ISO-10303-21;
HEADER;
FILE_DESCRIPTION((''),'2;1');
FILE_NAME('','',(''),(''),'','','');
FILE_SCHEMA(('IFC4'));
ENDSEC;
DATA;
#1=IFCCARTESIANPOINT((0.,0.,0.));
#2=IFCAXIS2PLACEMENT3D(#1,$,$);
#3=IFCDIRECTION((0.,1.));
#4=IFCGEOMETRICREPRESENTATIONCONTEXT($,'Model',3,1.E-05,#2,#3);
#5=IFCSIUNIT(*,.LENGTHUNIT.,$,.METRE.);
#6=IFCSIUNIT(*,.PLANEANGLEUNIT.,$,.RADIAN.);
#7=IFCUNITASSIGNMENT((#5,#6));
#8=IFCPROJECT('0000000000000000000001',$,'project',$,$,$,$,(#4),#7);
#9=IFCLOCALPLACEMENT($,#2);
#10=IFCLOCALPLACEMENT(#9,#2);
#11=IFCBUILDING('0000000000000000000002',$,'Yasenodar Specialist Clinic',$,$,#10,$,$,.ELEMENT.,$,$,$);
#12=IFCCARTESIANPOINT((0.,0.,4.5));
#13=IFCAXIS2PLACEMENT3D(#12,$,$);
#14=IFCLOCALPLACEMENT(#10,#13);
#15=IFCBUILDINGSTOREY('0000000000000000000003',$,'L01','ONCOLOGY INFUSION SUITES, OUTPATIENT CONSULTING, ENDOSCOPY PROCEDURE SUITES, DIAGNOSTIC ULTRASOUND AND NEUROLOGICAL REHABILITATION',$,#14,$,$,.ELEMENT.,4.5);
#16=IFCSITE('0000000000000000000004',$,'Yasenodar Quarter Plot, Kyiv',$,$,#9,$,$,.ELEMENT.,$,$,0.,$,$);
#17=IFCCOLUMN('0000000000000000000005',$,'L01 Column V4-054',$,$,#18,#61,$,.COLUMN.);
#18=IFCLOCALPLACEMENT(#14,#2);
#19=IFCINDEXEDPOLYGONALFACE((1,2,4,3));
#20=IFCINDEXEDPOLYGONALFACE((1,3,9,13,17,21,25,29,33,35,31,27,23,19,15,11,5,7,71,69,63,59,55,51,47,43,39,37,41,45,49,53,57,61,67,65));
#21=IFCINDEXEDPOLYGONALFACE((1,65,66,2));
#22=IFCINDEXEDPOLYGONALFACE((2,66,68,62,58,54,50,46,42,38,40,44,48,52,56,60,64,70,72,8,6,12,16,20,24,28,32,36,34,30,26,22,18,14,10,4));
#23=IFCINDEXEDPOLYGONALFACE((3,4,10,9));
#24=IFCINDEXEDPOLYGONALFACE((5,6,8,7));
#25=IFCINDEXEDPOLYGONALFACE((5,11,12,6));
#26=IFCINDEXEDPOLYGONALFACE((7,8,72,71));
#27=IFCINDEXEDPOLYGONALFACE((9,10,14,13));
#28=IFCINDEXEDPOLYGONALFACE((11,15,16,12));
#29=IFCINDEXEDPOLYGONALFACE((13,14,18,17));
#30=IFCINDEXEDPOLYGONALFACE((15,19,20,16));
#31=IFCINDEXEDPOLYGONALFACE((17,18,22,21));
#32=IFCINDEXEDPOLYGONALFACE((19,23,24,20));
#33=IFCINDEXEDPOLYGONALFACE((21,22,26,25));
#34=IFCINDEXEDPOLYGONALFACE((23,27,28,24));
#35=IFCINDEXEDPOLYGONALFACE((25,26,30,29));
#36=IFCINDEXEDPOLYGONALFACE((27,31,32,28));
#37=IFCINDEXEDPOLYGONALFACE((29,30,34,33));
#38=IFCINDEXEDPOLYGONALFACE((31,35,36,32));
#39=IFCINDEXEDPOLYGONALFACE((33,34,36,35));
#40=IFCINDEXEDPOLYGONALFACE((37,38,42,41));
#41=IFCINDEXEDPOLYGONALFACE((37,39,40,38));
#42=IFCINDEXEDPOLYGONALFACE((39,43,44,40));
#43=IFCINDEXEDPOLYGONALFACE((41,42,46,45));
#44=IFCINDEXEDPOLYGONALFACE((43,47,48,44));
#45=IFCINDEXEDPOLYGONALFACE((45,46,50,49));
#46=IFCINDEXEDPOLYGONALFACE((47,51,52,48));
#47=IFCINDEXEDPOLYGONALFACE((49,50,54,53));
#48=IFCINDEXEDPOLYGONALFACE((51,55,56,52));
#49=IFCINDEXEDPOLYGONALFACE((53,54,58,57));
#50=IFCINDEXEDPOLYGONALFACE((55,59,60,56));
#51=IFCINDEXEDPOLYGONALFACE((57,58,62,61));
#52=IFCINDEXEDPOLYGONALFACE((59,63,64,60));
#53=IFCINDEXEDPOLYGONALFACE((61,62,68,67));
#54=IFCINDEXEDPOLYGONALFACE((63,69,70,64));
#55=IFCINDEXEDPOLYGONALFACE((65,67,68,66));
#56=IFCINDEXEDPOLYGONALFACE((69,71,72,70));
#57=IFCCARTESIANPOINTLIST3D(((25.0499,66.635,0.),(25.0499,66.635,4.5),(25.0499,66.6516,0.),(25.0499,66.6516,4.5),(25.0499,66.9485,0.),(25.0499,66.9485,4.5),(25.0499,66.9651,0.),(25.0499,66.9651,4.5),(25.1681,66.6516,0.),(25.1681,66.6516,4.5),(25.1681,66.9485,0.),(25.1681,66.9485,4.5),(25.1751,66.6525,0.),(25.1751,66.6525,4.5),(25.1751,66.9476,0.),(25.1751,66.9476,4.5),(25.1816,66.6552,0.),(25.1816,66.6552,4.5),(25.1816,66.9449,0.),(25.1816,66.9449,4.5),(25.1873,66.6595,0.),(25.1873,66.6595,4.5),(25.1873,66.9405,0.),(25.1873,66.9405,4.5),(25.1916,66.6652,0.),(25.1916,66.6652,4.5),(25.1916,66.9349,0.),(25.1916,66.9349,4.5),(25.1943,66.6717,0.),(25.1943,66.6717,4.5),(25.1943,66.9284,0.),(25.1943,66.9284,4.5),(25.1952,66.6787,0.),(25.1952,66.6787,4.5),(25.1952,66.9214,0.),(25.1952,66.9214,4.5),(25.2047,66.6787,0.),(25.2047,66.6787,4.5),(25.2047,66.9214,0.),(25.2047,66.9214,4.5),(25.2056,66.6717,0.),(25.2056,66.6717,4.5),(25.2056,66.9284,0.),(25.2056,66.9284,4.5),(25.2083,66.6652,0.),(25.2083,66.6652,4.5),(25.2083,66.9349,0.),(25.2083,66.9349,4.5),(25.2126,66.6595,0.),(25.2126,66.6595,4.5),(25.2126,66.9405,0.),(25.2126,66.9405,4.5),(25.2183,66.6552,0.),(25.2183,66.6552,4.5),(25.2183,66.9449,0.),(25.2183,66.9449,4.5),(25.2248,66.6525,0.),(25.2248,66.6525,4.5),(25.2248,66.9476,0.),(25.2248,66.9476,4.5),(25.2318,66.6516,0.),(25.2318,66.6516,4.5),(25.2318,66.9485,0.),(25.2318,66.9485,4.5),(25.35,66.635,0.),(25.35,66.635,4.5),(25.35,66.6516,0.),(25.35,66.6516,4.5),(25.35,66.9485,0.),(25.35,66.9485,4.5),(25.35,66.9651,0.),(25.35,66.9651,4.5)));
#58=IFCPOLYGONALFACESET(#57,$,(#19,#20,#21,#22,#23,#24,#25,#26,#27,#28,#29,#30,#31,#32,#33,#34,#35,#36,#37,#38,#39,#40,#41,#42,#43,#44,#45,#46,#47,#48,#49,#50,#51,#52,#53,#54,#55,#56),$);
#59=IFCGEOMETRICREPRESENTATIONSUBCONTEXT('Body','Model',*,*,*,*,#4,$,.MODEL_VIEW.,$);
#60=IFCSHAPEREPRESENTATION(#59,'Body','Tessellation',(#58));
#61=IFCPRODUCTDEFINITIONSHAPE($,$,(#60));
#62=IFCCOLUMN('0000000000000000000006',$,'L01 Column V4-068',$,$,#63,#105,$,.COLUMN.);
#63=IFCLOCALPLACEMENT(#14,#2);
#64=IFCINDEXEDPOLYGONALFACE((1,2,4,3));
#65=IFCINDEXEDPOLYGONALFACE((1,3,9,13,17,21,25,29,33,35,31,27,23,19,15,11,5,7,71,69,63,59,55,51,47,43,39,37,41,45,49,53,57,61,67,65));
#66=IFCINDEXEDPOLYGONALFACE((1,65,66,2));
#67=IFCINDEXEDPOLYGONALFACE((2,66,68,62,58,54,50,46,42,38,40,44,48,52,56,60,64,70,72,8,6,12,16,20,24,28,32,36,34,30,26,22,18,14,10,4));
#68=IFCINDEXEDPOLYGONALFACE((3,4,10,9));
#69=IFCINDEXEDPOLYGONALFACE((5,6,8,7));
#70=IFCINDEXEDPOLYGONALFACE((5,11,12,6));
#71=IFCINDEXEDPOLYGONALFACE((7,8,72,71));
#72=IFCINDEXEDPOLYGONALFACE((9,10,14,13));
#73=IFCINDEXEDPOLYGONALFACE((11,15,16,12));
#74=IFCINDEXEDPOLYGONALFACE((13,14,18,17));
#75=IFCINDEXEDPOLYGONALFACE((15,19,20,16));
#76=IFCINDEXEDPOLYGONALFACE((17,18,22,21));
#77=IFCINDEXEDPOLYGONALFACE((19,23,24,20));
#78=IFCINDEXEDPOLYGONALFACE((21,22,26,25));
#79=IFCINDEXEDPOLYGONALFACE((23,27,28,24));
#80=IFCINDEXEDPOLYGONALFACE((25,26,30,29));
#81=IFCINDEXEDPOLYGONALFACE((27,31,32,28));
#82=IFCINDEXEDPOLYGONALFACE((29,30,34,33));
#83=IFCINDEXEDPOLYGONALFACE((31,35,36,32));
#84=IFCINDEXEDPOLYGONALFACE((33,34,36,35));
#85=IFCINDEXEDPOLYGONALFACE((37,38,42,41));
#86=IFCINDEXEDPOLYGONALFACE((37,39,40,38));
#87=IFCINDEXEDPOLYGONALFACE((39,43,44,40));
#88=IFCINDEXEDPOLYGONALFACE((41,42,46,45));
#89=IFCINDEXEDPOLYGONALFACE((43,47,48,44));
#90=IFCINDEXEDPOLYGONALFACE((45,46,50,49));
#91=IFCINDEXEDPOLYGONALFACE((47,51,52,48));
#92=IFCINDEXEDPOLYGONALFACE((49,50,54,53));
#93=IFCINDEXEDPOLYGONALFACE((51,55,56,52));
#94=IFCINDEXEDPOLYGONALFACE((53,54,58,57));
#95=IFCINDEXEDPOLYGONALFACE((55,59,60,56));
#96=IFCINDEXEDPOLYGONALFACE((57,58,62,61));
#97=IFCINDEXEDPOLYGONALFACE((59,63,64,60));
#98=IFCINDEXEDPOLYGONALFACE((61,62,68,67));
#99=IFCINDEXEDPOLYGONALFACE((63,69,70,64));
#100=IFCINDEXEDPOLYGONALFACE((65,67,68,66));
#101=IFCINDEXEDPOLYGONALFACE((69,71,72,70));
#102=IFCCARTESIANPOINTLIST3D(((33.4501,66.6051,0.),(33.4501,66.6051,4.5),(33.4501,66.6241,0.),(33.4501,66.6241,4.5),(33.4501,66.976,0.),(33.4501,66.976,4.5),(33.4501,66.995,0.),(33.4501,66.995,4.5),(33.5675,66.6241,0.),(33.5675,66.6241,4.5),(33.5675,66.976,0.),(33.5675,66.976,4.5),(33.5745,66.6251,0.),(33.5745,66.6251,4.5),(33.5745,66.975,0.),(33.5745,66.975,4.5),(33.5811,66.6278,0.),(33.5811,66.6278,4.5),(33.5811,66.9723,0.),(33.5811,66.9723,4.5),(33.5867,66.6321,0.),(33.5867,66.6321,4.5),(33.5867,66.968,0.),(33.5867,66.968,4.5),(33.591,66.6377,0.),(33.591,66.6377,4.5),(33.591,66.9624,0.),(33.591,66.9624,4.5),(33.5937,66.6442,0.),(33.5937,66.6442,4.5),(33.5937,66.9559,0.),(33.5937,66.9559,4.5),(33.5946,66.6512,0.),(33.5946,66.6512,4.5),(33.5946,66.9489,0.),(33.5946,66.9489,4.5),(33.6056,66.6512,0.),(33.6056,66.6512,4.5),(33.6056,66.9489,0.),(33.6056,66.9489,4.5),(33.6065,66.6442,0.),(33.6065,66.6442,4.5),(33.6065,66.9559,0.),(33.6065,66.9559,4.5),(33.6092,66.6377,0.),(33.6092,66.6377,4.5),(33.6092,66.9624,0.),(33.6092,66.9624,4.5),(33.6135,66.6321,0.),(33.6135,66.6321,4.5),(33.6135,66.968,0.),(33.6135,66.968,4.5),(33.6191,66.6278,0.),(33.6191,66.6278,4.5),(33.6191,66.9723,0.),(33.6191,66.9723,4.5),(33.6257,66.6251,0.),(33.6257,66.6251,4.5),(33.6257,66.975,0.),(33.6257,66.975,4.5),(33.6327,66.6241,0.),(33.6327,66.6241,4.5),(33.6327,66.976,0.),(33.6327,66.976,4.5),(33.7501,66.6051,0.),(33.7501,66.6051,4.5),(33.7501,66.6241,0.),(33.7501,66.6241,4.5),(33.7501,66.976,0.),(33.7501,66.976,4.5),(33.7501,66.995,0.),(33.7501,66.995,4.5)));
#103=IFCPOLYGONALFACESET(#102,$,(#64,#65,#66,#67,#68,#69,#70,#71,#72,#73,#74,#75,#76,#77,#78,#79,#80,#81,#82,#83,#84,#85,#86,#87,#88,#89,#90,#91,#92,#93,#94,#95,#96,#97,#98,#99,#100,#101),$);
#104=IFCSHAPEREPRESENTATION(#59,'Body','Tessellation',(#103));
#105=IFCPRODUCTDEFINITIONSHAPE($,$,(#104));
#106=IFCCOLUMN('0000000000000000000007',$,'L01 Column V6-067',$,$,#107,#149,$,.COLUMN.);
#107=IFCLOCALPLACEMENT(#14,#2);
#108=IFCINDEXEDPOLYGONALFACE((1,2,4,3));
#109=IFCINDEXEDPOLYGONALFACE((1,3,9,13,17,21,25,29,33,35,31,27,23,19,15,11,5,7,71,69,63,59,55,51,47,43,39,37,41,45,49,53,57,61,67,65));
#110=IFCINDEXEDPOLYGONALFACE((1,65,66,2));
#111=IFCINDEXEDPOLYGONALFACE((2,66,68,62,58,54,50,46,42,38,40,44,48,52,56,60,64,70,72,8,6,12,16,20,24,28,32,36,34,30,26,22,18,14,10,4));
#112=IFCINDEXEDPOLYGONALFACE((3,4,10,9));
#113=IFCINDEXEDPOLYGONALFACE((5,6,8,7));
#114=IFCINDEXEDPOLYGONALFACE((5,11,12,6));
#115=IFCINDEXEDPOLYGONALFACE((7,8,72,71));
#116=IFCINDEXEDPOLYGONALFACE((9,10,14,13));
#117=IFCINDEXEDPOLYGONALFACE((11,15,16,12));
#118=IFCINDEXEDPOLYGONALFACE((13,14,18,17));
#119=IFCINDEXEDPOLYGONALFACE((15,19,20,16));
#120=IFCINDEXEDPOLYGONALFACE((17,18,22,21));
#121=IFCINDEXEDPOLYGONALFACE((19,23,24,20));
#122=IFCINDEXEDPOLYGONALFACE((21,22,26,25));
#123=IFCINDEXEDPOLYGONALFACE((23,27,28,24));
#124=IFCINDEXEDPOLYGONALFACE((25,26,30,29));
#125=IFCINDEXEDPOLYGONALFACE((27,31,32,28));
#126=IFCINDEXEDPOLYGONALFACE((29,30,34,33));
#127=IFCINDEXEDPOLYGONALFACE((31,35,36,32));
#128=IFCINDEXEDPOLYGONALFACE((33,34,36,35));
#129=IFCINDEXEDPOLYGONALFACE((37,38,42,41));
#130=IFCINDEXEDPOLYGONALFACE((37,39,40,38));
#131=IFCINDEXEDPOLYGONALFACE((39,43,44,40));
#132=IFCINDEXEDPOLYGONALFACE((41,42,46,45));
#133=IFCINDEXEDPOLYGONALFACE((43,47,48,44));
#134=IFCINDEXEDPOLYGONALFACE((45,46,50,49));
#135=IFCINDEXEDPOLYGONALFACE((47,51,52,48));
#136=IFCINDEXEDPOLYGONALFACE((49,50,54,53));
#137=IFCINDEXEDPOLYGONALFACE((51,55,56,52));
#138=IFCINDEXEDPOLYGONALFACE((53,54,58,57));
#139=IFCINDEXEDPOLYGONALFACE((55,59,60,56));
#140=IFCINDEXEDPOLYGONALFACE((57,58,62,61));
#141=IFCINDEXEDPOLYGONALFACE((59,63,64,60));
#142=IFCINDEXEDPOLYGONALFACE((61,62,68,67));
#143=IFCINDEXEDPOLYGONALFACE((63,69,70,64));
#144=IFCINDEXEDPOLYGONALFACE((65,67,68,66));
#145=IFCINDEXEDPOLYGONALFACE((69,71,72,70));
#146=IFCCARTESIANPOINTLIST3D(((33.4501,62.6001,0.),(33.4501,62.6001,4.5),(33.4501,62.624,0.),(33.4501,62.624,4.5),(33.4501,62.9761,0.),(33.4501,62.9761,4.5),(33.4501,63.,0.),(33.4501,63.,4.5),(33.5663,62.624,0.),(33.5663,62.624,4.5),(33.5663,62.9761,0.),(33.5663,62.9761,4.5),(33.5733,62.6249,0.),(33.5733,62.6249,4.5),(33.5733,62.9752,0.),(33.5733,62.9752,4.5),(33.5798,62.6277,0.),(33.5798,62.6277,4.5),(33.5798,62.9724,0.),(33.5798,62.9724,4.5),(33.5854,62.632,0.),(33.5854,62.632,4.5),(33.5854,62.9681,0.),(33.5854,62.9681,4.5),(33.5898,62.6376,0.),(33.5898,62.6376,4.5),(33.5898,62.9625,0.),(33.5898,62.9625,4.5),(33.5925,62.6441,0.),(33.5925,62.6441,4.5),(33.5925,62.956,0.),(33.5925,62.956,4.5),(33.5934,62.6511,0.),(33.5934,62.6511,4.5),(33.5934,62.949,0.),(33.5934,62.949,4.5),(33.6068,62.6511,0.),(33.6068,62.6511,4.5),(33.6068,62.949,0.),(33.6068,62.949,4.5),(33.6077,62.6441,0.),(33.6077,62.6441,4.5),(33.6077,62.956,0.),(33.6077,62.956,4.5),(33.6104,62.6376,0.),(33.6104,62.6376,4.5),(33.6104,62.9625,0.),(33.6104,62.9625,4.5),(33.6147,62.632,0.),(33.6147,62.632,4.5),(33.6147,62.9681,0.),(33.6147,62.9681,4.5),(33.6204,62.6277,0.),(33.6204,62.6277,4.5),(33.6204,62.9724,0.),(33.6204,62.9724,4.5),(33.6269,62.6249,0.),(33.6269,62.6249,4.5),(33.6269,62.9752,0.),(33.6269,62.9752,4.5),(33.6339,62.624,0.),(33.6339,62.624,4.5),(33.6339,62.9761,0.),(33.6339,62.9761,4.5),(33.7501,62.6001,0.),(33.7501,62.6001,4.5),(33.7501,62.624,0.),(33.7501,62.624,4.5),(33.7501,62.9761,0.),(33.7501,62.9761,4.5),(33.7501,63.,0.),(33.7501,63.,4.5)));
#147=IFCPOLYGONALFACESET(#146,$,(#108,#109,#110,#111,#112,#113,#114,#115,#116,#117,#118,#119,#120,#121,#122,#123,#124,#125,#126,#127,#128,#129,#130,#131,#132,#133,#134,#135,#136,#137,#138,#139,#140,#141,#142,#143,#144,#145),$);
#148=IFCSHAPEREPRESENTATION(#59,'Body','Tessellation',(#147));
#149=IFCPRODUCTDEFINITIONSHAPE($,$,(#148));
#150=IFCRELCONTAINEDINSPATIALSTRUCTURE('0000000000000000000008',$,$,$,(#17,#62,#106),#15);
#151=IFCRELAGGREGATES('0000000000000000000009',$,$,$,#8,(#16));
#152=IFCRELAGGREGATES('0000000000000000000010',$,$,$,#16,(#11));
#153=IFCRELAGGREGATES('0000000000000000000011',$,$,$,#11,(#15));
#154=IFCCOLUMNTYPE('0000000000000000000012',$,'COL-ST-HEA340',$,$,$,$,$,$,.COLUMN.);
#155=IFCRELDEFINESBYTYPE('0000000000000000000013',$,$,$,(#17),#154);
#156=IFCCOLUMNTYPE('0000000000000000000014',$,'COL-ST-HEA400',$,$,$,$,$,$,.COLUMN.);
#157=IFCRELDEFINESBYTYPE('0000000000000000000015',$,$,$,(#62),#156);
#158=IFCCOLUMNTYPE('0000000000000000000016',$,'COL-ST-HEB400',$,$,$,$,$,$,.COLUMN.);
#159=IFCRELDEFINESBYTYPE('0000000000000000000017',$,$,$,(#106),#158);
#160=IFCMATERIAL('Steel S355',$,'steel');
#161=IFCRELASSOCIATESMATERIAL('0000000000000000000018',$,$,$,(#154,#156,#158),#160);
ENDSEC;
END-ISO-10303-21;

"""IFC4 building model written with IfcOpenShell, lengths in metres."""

from ifc_helpers import new_model, si_unit, direction, frame, origin, origin_2d, place, context, subcontext, project, spatial, i_section, extrude, material, material_profile, profile_set, type_object, element, save


model = new_model("IFC4")

# Units and contexts
model_context = context("Model", 3, precision=1e-05, world=origin(), true_north=direction((0.0, 1.0)))
body_context = subcontext(model_context, "Body", "Model", "MODEL_VIEW")
ifc_project = project(units=[si_unit("LENGTHUNIT", "METRE"), si_unit("PLANEANGLEUNIT", "RADIAN")], contexts=[model_context])

# Site, building, storey
site_placement = place(None, origin())
site = spatial("IfcSite", under=ifc_project, at=site_placement, Name="Yasenodar Quarter Plot, Kyiv", CompositionType="ELEMENT", RefElevation=0.0)
building_placement = place(site_placement, origin())
building = spatial("IfcBuilding", under=site, at=building_placement, Name="Yasenodar Specialist Clinic", CompositionType="ELEMENT")
storey_placement = place(building_placement, frame((0.0, 0.0, 4.5)))
storey = spatial("IfcBuildingStorey", under=building, at=storey_placement, Name="L01", Description="ONCOLOGY INFUSION SUITES, OUTPATIENT CONSULTING, ENDOSCOPY PROCEDURE SUITES, DIAGNOSTIC ULTRASOUND AND NEUROLOGICAL REHABILITATION", CompositionType="ELEMENT", Elevation=4.5)

# Columns
ifc_material_1 = material(Name="Steel S355", Category="steel")
ifc_material_profile_1 = material_profile(ifc_material_1, i_section(OverallWidth=0.3, OverallDepth=0.3301, WebThickness=0.0095, FlangeThickness=0.0166, FilletRadius=0.0271, at=origin_2d()), Name="HEA 340")
ifc_profile_set_1 = profile_set([ifc_material_profile_1], Name="Steel S355")
column_type_1 = type_object("IfcColumnType", Name="COL-ST-HEA340", PredefinedType="COLUMN", material=ifc_profile_set_1)
column_1_placement = place(storey_placement, frame((25.2, 66.8, 0.0), z_axis=(0.0, 0.0, 1.0), x_axis=(1.0, 0.0, 0.0)))
element("IfcColumn", 1, at=column_1_placement, inside=storey, type_object=column_type_1, Name="L01 Column V4-054", PredefinedType="COLUMN", context=body_context, shape_type="SweptSolid", body=[
    extrude(i_section(OverallWidth=0.3, OverallDepth=0.3301, WebThickness=0.0095, FlangeThickness=0.0166, FilletRadius=0.0271, at=origin_2d()), origin(), (0.0, 0.0, 1.0), 4.5),
])
ifc_material_profile_2 = material_profile(ifc_material_1, i_section(OverallWidth=0.3, OverallDepth=0.3899, WebThickness=0.011, FlangeThickness=0.019, FilletRadius=0.0271, at=origin_2d()), Name="HEA 400")
ifc_profile_set_2 = profile_set([ifc_material_profile_2], Name="Steel S355")
column_type_2 = type_object("IfcColumnType", Name="COL-ST-HEA400", PredefinedType="COLUMN", material=ifc_profile_set_2)
column_2_placement = place(storey_placement, frame((33.6001, 66.8, 0.0), z_axis=(0.0, 0.0, 1.0), x_axis=(1.0, 0.0, 0.0)))
element("IfcColumn", 2, at=column_2_placement, inside=storey, type_object=column_type_2, Name="L01 Column V4-068", PredefinedType="COLUMN", context=body_context, shape_type="SweptSolid", body=[
    extrude(i_section(OverallWidth=0.3, OverallDepth=0.3899, WebThickness=0.011, FlangeThickness=0.019, FilletRadius=0.0271, at=origin_2d()), origin(), (0.0, 0.0, 1.0), 4.5),
])
ifc_material_profile_3 = material_profile(ifc_material_1, i_section(OverallWidth=0.3, OverallDepth=0.3999, WebThickness=0.0134, FlangeThickness=0.0239, FilletRadius=0.0271, at=origin_2d()), Name="HEB 400")
ifc_profile_set_3 = profile_set([ifc_material_profile_3], Name="Steel S355")
column_type_3 = type_object("IfcColumnType", Name="COL-ST-HEB400", PredefinedType="COLUMN", material=ifc_profile_set_3)
column_3_placement = place(storey_placement, frame((33.6001, 62.8, 0.0), z_axis=(0.0, 0.0, 1.0), x_axis=(1.0, 0.0, 0.0)))
element("IfcColumn", 3, at=column_3_placement, inside=storey, type_object=column_type_3, Name="L01 Column V6-067", PredefinedType="COLUMN", context=body_context, shape_type="SweptSolid", body=[
    extrude(i_section(OverallWidth=0.3, OverallDepth=0.3999, WebThickness=0.0134, FlangeThickness=0.0239, FilletRadius=0.0271, at=origin_2d()), origin(), (0.0, 0.0, 1.0), 4.5),
])

save(model, "model.ifc")
